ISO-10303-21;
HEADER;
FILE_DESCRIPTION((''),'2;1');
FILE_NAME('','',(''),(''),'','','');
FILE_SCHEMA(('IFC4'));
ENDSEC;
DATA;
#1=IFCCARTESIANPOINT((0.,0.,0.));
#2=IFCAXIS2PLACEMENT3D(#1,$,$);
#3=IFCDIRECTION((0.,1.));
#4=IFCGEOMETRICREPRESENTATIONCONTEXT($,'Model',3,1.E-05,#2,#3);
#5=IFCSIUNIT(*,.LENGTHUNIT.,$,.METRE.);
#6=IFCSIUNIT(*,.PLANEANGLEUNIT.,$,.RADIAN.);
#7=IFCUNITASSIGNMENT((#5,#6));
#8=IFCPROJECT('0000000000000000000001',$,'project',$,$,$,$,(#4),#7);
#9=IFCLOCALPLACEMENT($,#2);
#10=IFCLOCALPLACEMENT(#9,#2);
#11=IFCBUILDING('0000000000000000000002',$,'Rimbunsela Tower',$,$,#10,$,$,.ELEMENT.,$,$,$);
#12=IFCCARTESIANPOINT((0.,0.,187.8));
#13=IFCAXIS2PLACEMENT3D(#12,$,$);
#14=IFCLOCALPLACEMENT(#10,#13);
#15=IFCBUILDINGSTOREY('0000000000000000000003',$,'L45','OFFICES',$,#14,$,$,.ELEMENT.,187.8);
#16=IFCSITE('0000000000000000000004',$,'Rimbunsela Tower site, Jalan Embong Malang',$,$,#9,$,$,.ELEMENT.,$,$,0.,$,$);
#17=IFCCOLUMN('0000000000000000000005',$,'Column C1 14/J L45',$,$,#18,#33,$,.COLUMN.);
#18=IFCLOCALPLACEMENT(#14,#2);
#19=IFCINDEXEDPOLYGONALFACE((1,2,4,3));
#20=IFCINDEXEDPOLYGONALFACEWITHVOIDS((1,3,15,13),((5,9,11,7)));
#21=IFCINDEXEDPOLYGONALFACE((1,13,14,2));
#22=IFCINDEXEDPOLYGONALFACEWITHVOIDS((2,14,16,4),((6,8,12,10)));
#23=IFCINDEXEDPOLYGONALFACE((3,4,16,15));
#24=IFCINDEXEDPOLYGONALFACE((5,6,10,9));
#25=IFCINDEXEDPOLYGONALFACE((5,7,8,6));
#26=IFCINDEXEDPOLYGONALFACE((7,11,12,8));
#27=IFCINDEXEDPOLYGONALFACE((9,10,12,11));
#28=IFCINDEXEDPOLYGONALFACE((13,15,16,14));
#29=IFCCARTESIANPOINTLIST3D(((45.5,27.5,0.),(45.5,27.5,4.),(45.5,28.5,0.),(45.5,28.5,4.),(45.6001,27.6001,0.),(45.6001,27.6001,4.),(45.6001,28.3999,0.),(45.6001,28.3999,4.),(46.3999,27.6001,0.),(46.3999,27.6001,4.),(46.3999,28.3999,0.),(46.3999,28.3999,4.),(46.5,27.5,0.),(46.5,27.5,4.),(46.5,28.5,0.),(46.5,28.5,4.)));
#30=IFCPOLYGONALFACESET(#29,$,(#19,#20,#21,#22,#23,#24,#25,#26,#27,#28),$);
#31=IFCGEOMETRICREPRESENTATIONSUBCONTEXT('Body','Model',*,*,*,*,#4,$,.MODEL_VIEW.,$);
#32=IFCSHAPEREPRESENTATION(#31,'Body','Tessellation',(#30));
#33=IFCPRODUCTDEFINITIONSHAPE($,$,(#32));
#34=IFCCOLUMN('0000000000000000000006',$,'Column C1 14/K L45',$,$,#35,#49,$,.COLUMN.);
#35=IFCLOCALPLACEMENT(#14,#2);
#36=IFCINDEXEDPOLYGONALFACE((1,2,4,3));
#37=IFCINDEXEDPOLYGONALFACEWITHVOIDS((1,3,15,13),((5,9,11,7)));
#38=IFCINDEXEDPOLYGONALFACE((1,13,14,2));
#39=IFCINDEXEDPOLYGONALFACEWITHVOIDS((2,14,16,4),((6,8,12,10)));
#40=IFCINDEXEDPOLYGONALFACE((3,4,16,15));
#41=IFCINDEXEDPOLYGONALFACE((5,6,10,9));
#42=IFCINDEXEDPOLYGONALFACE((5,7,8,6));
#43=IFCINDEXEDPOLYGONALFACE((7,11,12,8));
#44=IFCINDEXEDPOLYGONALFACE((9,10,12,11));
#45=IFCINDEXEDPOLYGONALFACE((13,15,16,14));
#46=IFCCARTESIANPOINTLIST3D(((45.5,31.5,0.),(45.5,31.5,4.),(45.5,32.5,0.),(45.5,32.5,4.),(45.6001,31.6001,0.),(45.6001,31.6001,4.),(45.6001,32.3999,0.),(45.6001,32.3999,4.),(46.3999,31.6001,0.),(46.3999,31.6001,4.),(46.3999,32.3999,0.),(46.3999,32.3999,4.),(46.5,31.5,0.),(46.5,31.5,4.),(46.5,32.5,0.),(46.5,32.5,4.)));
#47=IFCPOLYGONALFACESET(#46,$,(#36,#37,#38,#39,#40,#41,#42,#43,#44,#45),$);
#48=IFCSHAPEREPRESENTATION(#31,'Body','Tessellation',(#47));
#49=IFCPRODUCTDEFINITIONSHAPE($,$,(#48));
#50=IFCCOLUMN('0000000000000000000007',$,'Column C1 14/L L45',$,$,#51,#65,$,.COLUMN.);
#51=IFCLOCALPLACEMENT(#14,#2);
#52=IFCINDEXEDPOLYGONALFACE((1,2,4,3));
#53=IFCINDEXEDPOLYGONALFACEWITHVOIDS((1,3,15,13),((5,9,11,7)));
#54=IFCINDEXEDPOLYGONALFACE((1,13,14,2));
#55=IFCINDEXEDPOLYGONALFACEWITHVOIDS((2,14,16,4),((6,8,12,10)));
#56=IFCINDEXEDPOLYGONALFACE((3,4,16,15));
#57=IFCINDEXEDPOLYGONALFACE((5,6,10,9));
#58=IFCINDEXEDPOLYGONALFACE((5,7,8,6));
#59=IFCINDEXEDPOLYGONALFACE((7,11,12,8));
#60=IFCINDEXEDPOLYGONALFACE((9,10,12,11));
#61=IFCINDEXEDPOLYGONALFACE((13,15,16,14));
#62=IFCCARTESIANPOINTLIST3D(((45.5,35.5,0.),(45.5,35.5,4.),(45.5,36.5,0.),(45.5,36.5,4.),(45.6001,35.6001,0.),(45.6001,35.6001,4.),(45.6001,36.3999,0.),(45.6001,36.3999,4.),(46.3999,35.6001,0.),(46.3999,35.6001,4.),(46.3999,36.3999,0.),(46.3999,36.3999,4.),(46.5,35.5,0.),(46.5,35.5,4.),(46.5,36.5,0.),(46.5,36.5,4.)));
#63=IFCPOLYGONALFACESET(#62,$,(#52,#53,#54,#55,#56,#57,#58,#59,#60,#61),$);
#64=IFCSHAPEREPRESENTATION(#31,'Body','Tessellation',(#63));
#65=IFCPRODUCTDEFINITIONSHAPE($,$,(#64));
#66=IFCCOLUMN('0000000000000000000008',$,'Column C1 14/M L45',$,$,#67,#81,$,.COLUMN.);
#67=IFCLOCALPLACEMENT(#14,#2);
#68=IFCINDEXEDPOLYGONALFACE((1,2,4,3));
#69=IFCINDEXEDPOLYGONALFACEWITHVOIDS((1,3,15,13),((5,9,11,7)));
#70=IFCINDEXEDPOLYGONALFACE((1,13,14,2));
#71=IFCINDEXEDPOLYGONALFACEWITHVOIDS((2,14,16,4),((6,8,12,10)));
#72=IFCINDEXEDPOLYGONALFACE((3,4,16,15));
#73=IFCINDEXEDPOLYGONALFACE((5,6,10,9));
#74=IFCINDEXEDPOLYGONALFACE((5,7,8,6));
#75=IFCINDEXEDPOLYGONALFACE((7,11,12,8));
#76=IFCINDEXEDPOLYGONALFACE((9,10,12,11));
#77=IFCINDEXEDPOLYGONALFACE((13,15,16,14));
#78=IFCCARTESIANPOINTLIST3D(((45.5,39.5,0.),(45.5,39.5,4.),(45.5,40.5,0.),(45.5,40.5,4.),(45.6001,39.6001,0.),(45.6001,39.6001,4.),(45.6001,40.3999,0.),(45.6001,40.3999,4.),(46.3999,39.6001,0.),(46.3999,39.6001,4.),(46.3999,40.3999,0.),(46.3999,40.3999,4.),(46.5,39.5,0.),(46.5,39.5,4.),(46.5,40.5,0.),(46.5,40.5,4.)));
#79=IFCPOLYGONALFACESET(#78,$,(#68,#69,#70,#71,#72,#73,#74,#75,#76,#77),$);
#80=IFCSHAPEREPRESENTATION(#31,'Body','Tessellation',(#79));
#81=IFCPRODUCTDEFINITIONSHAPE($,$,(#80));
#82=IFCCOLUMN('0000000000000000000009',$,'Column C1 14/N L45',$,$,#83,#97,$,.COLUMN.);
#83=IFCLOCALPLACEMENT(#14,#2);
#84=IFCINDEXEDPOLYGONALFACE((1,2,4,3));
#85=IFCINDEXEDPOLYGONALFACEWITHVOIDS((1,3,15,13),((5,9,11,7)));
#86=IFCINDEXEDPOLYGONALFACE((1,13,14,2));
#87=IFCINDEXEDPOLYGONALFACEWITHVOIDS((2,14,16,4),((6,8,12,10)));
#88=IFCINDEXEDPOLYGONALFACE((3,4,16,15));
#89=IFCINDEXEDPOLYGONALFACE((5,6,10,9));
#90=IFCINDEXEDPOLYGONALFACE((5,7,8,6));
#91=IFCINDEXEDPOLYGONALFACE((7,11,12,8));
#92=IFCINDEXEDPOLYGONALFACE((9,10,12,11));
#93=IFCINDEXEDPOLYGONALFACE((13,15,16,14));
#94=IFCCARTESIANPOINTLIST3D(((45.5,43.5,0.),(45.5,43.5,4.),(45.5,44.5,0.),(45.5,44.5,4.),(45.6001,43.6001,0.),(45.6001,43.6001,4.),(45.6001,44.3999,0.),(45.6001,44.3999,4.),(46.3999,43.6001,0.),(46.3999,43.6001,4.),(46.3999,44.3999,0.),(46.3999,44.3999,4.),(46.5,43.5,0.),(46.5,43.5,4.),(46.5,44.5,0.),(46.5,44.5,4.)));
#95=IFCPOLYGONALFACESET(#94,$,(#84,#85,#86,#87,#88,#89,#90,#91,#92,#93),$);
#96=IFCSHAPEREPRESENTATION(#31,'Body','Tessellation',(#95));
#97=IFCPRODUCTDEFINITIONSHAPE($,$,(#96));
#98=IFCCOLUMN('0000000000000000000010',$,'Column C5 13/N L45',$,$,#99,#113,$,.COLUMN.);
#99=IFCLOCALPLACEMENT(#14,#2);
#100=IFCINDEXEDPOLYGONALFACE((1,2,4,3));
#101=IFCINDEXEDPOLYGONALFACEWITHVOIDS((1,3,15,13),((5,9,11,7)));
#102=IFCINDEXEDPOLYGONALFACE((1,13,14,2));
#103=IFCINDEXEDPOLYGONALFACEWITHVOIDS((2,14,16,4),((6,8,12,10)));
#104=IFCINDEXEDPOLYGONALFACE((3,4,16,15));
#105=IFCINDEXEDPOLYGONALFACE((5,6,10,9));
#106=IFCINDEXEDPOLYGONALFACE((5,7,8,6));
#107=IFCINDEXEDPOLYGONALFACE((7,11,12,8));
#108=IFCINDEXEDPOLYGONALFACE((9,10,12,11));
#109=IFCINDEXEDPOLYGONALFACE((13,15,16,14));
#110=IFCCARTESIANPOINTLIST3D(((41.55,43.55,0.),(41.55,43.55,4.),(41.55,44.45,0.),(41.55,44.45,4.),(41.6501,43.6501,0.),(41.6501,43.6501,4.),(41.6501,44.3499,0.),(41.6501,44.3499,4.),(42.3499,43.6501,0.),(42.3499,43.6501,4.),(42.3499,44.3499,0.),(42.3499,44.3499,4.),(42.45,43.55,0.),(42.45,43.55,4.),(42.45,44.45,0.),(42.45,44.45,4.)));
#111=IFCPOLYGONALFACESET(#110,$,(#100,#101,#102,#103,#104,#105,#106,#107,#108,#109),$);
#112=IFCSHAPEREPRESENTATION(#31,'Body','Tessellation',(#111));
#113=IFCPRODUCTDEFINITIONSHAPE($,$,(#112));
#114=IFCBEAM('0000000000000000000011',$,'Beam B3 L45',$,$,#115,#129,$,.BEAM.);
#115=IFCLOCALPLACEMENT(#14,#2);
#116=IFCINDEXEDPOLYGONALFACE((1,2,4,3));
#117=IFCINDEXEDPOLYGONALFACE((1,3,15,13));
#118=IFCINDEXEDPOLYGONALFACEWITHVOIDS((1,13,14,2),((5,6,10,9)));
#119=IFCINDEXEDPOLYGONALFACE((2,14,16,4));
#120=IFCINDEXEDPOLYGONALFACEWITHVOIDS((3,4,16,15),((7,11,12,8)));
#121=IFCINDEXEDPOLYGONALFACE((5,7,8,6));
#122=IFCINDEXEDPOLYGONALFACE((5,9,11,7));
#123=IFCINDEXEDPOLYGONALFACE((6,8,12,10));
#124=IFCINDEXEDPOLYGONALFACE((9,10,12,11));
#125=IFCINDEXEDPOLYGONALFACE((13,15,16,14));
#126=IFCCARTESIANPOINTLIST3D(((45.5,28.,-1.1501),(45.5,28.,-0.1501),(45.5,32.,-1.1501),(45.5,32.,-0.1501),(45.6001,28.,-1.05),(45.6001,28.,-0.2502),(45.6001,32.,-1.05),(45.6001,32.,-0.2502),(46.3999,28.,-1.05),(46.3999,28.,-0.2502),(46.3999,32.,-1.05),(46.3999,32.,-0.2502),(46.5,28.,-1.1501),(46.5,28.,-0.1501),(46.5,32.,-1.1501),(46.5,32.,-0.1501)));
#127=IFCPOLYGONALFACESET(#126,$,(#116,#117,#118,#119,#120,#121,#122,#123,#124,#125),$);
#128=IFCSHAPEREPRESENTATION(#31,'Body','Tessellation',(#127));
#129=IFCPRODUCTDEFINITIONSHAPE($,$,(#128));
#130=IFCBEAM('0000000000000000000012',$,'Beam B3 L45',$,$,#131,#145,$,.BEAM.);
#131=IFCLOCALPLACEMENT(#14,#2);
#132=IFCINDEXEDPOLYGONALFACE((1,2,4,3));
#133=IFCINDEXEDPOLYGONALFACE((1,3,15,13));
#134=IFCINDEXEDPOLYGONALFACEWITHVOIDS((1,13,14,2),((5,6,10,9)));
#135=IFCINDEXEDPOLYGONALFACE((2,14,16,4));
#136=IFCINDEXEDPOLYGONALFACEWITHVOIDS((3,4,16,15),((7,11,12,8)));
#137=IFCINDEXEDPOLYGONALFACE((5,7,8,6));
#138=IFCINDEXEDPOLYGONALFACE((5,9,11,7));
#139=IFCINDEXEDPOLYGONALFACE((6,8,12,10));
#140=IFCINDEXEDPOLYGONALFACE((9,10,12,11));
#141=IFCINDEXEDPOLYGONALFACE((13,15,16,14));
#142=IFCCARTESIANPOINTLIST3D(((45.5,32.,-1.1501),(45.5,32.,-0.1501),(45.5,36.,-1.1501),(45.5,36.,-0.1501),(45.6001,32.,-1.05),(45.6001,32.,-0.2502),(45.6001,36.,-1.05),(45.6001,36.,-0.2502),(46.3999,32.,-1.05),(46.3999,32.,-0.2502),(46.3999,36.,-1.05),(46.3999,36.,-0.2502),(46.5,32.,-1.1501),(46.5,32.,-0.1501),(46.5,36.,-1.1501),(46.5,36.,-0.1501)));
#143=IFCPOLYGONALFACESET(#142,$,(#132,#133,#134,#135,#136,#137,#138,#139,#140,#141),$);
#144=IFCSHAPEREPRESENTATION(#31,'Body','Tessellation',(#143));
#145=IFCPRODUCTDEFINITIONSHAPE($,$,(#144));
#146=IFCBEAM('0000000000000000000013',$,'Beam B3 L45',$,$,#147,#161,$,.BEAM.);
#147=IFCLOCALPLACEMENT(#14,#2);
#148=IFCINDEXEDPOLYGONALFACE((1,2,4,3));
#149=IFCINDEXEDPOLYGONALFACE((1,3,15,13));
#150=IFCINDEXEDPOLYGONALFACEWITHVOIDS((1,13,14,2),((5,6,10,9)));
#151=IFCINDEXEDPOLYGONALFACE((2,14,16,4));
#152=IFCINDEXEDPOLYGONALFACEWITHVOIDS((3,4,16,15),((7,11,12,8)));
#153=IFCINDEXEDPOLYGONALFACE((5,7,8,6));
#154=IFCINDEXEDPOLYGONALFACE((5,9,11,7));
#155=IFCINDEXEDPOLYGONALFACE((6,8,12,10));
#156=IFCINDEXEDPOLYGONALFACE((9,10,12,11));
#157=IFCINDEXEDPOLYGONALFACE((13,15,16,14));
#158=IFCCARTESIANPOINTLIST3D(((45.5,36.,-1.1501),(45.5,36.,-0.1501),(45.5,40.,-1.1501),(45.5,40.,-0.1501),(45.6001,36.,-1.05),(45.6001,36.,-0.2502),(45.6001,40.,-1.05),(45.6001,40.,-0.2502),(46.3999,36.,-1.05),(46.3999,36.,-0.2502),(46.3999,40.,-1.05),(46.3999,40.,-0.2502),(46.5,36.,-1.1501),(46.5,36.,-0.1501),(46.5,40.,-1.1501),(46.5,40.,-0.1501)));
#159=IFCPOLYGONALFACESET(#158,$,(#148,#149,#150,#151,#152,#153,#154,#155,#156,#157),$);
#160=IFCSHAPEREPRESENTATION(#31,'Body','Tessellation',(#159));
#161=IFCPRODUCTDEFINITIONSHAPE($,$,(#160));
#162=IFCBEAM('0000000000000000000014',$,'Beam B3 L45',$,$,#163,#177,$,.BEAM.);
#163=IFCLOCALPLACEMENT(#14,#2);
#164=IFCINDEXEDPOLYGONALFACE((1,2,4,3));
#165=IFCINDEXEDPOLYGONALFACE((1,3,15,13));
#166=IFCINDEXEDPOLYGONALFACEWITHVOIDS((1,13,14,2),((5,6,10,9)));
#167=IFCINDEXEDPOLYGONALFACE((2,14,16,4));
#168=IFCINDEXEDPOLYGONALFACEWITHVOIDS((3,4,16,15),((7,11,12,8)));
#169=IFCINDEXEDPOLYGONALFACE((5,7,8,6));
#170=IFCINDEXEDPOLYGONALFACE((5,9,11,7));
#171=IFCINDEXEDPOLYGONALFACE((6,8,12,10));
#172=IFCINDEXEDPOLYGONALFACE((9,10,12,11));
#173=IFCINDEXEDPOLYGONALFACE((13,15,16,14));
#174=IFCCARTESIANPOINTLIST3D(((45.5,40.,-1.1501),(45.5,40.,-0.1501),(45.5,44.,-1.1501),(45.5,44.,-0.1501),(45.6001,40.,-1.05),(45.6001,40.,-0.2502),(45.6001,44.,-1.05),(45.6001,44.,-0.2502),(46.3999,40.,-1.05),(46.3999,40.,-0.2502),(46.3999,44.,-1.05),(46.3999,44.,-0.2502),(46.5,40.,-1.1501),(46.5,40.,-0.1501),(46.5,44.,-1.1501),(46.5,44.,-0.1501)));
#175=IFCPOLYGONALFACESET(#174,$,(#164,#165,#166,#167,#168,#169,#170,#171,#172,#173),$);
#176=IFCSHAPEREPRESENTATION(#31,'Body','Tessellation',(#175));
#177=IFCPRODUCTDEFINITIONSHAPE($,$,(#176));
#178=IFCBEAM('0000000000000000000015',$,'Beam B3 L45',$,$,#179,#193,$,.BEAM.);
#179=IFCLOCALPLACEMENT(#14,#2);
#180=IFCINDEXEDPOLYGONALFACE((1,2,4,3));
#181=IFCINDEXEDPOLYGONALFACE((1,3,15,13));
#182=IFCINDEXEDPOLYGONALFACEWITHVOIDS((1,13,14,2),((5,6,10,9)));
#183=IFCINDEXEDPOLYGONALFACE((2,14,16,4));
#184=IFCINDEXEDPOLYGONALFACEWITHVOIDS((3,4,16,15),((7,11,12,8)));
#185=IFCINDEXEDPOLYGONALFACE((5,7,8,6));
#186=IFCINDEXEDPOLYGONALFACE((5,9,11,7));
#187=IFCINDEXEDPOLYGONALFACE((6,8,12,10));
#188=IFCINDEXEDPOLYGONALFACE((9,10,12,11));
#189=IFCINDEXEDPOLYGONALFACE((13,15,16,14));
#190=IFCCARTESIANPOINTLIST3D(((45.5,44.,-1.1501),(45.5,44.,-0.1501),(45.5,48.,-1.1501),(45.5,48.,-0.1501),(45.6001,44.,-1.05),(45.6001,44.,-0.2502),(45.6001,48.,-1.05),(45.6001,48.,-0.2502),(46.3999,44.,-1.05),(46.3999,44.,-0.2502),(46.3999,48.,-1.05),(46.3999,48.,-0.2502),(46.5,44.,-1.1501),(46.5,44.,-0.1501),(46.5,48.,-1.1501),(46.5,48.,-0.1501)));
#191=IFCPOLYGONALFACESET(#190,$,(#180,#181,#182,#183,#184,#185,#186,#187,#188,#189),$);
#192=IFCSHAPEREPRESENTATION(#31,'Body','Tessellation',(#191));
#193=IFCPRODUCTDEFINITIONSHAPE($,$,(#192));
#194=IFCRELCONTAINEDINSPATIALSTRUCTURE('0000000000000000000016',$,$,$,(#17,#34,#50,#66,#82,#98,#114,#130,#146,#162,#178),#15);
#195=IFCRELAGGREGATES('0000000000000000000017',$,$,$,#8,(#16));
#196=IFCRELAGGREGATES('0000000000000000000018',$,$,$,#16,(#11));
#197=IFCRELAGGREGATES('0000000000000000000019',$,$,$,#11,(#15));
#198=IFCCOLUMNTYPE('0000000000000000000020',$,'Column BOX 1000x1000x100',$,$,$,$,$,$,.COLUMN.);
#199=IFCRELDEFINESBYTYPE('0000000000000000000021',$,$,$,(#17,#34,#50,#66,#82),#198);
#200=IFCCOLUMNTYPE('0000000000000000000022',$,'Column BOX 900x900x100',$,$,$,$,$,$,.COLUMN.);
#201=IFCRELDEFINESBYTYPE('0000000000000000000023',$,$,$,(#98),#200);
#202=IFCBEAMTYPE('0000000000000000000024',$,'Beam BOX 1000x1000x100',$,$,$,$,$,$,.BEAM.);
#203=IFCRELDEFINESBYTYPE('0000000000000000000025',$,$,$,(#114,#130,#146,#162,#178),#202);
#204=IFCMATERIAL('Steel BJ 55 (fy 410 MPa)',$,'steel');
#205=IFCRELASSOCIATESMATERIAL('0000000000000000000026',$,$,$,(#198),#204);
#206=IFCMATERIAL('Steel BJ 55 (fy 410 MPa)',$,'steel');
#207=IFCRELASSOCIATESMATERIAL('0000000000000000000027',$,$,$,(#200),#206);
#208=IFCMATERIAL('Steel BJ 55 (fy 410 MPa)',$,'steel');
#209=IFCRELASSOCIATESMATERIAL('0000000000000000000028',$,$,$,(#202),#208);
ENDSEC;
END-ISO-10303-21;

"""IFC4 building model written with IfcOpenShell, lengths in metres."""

from ifc_helpers import new_model, si_unit, direction, frame, origin, origin_2d, place, context, subcontext, project, spatial, hollow_rectangle, extrude, material, material_profile, profile_set, type_object, element, save


model = new_model("IFC4")

# Units and contexts
model_context = context("Model", 3, precision=1e-05, world=origin(), true_north=direction((0.0, 1.0)))
body_context = subcontext(model_context, "Body", "Model", "MODEL_VIEW")
ifc_project = project(units=[si_unit("LENGTHUNIT", "METRE"), si_unit("PLANEANGLEUNIT", "RADIAN")], contexts=[model_context])

# Site, building, storey
site_placement = place(None, origin())
site = spatial("IfcSite", under=ifc_project, at=site_placement, Name="Rimbunsela Tower site, Jalan Embong Malang", CompositionType="ELEMENT", RefElevation=0.0)
building_placement = place(site_placement, origin())
building = spatial("IfcBuilding", under=site, at=building_placement, Name="Rimbunsela Tower", CompositionType="ELEMENT")
storey_placement = place(building_placement, frame((0.0, 0.0, 187.8)))
storey = spatial("IfcBuildingStorey", under=building, at=storey_placement, Name="L45", Description="OFFICES", CompositionType="ELEMENT", Elevation=187.8)

# Columns
ifc_material_1 = material(Name="Steel BJ 55 (fy 410 MPa)", Category="steel")
ifc_material_profile_1 = material_profile(ifc_material_1, hollow_rectangle(XDim=1.0, YDim=1.0, WallThickness=0.1001, at=origin_2d()), Name="BOX 1000x1000x100")
ifc_profile_set_1 = profile_set([ifc_material_profile_1], Name="Steel BJ 55 (fy 410 MPa)")
column_type_1 = type_object("IfcColumnType", Name="Column BOX 1000x1000x100", PredefinedType="COLUMN", material=ifc_profile_set_1)
for number, where, z_axis, x_axis, name in (
    (1, (46.0, 28.0, 0.0), (0.0, 0.0, 1.0), (1.0, 0.0, 0.0), "Column C1 14/J L45"),
    (2, (46.0, 32.0, 0.0), (0.0, 0.0, 1.0), (1.0, 0.0, 0.0), "Column C1 14/K L45"),
    (3, (46.0, 36.0, 0.0), (0.0, 0.0, 1.0), (1.0, 0.0, 0.0), "Column C1 14/L L45"),
    (4, (46.0, 40.0, 0.0), (0.0, 0.0, 1.0), (1.0, 0.0, 0.0), "Column C1 14/M L45"),
    (5, (46.0, 44.0, 0.0), (0.0, 0.0, 1.0), (1.0, 0.0, 0.0), "Column C1 14/N L45"),
):
    element("IfcColumn", number, at=place(storey_placement, frame(where, z_axis=z_axis, x_axis=x_axis)), inside=storey, type_object=column_type_1, Name=name, PredefinedType="COLUMN", context=body_context, shape_type="SweptSolid", body=[
        extrude(hollow_rectangle(XDim=1.0, YDim=1.0, WallThickness=0.1001, at=origin_2d()), origin(), (0.0, 0.0, 1.0), 4.0),
    ])
ifc_material_2 = material(Name="Steel BJ 55 (fy 410 MPa)", Category="steel")
ifc_material_profile_2 = material_profile(ifc_material_2, hollow_rectangle(XDim=0.8999, YDim=0.8999, WallThickness=0.1001, at=origin_2d()), Name="BOX 900x900x100")
ifc_profile_set_2 = profile_set([ifc_material_profile_2], Name="Steel BJ 55 (fy 410 MPa)")
column_type_2 = type_object("IfcColumnType", Name="Column BOX 900x900x100", PredefinedType="COLUMN", material=ifc_profile_set_2)
column_placement = place(storey_placement, frame((42.0, 44.0, 0.0), z_axis=(0.0, 0.0, 1.0), x_axis=(1.0, 0.0, 0.0)))
element("IfcColumn", 6, at=column_placement, inside=storey, type_object=column_type_2, Name="Column C5 13/N L45", PredefinedType="COLUMN", context=body_context, shape_type="SweptSolid", body=[
    extrude(hollow_rectangle(XDim=0.8999, YDim=0.8999, WallThickness=0.1001, at=origin_2d()), origin(), (0.0, 0.0, 1.0), 4.0),
])

# Beams
ifc_material_3 = material(Name="Steel BJ 55 (fy 410 MPa)", Category="steel")
ifc_material_profile_3 = material_profile(ifc_material_3, hollow_rectangle(XDim=1.0, YDim=1.0, WallThickness=0.1001, at=origin_2d()), Name="BOX 1000x1000x100")
ifc_profile_set_3 = profile_set([ifc_material_profile_3], Name="Steel BJ 55 (fy 410 MPa)")
beam_type_1 = type_object("IfcBeamType", Name="Beam BOX 1000x1000x100", PredefinedType="BEAM", material=ifc_profile_set_3)
for number, where, z_axis, x_axis, name in (
    (7, (46.0, 28.0, -0.6501), (0.0, 1.0, 0.0), (-1.0, 0.0, 0.0), "Beam B3 L45"),
    (8, (46.0, 32.0, -0.6501), (0.0, 1.0, 0.0), (-1.0, 0.0, 0.0), "Beam B3 L45"),
    (9, (46.0, 36.0, -0.6501), (0.0, 1.0, 0.0), (-1.0, 0.0, 0.0), "Beam B3 L45"),
    (10, (46.0, 40.0, -0.6501), (0.0, 1.0, 0.0), (-1.0, 0.0, 0.0), "Beam B3 L45"),
    (11, (46.0, 44.0, -0.6501), (0.0, 1.0, 0.0), (-1.0, 0.0, 0.0), "Beam B3 L45"),
):
    element("IfcBeam", number, at=place(storey_placement, frame(where, z_axis=z_axis, x_axis=x_axis)), inside=storey, type_object=beam_type_1, Name=name, PredefinedType="BEAM", context=body_context, shape_type="SweptSolid", body=[
        extrude(hollow_rectangle(XDim=1.0, YDim=1.0, WallThickness=0.1001, at=origin_2d()), origin(), (0.0, 0.0, 1.0), 4.0),
    ])

save(model, "model.ifc")
